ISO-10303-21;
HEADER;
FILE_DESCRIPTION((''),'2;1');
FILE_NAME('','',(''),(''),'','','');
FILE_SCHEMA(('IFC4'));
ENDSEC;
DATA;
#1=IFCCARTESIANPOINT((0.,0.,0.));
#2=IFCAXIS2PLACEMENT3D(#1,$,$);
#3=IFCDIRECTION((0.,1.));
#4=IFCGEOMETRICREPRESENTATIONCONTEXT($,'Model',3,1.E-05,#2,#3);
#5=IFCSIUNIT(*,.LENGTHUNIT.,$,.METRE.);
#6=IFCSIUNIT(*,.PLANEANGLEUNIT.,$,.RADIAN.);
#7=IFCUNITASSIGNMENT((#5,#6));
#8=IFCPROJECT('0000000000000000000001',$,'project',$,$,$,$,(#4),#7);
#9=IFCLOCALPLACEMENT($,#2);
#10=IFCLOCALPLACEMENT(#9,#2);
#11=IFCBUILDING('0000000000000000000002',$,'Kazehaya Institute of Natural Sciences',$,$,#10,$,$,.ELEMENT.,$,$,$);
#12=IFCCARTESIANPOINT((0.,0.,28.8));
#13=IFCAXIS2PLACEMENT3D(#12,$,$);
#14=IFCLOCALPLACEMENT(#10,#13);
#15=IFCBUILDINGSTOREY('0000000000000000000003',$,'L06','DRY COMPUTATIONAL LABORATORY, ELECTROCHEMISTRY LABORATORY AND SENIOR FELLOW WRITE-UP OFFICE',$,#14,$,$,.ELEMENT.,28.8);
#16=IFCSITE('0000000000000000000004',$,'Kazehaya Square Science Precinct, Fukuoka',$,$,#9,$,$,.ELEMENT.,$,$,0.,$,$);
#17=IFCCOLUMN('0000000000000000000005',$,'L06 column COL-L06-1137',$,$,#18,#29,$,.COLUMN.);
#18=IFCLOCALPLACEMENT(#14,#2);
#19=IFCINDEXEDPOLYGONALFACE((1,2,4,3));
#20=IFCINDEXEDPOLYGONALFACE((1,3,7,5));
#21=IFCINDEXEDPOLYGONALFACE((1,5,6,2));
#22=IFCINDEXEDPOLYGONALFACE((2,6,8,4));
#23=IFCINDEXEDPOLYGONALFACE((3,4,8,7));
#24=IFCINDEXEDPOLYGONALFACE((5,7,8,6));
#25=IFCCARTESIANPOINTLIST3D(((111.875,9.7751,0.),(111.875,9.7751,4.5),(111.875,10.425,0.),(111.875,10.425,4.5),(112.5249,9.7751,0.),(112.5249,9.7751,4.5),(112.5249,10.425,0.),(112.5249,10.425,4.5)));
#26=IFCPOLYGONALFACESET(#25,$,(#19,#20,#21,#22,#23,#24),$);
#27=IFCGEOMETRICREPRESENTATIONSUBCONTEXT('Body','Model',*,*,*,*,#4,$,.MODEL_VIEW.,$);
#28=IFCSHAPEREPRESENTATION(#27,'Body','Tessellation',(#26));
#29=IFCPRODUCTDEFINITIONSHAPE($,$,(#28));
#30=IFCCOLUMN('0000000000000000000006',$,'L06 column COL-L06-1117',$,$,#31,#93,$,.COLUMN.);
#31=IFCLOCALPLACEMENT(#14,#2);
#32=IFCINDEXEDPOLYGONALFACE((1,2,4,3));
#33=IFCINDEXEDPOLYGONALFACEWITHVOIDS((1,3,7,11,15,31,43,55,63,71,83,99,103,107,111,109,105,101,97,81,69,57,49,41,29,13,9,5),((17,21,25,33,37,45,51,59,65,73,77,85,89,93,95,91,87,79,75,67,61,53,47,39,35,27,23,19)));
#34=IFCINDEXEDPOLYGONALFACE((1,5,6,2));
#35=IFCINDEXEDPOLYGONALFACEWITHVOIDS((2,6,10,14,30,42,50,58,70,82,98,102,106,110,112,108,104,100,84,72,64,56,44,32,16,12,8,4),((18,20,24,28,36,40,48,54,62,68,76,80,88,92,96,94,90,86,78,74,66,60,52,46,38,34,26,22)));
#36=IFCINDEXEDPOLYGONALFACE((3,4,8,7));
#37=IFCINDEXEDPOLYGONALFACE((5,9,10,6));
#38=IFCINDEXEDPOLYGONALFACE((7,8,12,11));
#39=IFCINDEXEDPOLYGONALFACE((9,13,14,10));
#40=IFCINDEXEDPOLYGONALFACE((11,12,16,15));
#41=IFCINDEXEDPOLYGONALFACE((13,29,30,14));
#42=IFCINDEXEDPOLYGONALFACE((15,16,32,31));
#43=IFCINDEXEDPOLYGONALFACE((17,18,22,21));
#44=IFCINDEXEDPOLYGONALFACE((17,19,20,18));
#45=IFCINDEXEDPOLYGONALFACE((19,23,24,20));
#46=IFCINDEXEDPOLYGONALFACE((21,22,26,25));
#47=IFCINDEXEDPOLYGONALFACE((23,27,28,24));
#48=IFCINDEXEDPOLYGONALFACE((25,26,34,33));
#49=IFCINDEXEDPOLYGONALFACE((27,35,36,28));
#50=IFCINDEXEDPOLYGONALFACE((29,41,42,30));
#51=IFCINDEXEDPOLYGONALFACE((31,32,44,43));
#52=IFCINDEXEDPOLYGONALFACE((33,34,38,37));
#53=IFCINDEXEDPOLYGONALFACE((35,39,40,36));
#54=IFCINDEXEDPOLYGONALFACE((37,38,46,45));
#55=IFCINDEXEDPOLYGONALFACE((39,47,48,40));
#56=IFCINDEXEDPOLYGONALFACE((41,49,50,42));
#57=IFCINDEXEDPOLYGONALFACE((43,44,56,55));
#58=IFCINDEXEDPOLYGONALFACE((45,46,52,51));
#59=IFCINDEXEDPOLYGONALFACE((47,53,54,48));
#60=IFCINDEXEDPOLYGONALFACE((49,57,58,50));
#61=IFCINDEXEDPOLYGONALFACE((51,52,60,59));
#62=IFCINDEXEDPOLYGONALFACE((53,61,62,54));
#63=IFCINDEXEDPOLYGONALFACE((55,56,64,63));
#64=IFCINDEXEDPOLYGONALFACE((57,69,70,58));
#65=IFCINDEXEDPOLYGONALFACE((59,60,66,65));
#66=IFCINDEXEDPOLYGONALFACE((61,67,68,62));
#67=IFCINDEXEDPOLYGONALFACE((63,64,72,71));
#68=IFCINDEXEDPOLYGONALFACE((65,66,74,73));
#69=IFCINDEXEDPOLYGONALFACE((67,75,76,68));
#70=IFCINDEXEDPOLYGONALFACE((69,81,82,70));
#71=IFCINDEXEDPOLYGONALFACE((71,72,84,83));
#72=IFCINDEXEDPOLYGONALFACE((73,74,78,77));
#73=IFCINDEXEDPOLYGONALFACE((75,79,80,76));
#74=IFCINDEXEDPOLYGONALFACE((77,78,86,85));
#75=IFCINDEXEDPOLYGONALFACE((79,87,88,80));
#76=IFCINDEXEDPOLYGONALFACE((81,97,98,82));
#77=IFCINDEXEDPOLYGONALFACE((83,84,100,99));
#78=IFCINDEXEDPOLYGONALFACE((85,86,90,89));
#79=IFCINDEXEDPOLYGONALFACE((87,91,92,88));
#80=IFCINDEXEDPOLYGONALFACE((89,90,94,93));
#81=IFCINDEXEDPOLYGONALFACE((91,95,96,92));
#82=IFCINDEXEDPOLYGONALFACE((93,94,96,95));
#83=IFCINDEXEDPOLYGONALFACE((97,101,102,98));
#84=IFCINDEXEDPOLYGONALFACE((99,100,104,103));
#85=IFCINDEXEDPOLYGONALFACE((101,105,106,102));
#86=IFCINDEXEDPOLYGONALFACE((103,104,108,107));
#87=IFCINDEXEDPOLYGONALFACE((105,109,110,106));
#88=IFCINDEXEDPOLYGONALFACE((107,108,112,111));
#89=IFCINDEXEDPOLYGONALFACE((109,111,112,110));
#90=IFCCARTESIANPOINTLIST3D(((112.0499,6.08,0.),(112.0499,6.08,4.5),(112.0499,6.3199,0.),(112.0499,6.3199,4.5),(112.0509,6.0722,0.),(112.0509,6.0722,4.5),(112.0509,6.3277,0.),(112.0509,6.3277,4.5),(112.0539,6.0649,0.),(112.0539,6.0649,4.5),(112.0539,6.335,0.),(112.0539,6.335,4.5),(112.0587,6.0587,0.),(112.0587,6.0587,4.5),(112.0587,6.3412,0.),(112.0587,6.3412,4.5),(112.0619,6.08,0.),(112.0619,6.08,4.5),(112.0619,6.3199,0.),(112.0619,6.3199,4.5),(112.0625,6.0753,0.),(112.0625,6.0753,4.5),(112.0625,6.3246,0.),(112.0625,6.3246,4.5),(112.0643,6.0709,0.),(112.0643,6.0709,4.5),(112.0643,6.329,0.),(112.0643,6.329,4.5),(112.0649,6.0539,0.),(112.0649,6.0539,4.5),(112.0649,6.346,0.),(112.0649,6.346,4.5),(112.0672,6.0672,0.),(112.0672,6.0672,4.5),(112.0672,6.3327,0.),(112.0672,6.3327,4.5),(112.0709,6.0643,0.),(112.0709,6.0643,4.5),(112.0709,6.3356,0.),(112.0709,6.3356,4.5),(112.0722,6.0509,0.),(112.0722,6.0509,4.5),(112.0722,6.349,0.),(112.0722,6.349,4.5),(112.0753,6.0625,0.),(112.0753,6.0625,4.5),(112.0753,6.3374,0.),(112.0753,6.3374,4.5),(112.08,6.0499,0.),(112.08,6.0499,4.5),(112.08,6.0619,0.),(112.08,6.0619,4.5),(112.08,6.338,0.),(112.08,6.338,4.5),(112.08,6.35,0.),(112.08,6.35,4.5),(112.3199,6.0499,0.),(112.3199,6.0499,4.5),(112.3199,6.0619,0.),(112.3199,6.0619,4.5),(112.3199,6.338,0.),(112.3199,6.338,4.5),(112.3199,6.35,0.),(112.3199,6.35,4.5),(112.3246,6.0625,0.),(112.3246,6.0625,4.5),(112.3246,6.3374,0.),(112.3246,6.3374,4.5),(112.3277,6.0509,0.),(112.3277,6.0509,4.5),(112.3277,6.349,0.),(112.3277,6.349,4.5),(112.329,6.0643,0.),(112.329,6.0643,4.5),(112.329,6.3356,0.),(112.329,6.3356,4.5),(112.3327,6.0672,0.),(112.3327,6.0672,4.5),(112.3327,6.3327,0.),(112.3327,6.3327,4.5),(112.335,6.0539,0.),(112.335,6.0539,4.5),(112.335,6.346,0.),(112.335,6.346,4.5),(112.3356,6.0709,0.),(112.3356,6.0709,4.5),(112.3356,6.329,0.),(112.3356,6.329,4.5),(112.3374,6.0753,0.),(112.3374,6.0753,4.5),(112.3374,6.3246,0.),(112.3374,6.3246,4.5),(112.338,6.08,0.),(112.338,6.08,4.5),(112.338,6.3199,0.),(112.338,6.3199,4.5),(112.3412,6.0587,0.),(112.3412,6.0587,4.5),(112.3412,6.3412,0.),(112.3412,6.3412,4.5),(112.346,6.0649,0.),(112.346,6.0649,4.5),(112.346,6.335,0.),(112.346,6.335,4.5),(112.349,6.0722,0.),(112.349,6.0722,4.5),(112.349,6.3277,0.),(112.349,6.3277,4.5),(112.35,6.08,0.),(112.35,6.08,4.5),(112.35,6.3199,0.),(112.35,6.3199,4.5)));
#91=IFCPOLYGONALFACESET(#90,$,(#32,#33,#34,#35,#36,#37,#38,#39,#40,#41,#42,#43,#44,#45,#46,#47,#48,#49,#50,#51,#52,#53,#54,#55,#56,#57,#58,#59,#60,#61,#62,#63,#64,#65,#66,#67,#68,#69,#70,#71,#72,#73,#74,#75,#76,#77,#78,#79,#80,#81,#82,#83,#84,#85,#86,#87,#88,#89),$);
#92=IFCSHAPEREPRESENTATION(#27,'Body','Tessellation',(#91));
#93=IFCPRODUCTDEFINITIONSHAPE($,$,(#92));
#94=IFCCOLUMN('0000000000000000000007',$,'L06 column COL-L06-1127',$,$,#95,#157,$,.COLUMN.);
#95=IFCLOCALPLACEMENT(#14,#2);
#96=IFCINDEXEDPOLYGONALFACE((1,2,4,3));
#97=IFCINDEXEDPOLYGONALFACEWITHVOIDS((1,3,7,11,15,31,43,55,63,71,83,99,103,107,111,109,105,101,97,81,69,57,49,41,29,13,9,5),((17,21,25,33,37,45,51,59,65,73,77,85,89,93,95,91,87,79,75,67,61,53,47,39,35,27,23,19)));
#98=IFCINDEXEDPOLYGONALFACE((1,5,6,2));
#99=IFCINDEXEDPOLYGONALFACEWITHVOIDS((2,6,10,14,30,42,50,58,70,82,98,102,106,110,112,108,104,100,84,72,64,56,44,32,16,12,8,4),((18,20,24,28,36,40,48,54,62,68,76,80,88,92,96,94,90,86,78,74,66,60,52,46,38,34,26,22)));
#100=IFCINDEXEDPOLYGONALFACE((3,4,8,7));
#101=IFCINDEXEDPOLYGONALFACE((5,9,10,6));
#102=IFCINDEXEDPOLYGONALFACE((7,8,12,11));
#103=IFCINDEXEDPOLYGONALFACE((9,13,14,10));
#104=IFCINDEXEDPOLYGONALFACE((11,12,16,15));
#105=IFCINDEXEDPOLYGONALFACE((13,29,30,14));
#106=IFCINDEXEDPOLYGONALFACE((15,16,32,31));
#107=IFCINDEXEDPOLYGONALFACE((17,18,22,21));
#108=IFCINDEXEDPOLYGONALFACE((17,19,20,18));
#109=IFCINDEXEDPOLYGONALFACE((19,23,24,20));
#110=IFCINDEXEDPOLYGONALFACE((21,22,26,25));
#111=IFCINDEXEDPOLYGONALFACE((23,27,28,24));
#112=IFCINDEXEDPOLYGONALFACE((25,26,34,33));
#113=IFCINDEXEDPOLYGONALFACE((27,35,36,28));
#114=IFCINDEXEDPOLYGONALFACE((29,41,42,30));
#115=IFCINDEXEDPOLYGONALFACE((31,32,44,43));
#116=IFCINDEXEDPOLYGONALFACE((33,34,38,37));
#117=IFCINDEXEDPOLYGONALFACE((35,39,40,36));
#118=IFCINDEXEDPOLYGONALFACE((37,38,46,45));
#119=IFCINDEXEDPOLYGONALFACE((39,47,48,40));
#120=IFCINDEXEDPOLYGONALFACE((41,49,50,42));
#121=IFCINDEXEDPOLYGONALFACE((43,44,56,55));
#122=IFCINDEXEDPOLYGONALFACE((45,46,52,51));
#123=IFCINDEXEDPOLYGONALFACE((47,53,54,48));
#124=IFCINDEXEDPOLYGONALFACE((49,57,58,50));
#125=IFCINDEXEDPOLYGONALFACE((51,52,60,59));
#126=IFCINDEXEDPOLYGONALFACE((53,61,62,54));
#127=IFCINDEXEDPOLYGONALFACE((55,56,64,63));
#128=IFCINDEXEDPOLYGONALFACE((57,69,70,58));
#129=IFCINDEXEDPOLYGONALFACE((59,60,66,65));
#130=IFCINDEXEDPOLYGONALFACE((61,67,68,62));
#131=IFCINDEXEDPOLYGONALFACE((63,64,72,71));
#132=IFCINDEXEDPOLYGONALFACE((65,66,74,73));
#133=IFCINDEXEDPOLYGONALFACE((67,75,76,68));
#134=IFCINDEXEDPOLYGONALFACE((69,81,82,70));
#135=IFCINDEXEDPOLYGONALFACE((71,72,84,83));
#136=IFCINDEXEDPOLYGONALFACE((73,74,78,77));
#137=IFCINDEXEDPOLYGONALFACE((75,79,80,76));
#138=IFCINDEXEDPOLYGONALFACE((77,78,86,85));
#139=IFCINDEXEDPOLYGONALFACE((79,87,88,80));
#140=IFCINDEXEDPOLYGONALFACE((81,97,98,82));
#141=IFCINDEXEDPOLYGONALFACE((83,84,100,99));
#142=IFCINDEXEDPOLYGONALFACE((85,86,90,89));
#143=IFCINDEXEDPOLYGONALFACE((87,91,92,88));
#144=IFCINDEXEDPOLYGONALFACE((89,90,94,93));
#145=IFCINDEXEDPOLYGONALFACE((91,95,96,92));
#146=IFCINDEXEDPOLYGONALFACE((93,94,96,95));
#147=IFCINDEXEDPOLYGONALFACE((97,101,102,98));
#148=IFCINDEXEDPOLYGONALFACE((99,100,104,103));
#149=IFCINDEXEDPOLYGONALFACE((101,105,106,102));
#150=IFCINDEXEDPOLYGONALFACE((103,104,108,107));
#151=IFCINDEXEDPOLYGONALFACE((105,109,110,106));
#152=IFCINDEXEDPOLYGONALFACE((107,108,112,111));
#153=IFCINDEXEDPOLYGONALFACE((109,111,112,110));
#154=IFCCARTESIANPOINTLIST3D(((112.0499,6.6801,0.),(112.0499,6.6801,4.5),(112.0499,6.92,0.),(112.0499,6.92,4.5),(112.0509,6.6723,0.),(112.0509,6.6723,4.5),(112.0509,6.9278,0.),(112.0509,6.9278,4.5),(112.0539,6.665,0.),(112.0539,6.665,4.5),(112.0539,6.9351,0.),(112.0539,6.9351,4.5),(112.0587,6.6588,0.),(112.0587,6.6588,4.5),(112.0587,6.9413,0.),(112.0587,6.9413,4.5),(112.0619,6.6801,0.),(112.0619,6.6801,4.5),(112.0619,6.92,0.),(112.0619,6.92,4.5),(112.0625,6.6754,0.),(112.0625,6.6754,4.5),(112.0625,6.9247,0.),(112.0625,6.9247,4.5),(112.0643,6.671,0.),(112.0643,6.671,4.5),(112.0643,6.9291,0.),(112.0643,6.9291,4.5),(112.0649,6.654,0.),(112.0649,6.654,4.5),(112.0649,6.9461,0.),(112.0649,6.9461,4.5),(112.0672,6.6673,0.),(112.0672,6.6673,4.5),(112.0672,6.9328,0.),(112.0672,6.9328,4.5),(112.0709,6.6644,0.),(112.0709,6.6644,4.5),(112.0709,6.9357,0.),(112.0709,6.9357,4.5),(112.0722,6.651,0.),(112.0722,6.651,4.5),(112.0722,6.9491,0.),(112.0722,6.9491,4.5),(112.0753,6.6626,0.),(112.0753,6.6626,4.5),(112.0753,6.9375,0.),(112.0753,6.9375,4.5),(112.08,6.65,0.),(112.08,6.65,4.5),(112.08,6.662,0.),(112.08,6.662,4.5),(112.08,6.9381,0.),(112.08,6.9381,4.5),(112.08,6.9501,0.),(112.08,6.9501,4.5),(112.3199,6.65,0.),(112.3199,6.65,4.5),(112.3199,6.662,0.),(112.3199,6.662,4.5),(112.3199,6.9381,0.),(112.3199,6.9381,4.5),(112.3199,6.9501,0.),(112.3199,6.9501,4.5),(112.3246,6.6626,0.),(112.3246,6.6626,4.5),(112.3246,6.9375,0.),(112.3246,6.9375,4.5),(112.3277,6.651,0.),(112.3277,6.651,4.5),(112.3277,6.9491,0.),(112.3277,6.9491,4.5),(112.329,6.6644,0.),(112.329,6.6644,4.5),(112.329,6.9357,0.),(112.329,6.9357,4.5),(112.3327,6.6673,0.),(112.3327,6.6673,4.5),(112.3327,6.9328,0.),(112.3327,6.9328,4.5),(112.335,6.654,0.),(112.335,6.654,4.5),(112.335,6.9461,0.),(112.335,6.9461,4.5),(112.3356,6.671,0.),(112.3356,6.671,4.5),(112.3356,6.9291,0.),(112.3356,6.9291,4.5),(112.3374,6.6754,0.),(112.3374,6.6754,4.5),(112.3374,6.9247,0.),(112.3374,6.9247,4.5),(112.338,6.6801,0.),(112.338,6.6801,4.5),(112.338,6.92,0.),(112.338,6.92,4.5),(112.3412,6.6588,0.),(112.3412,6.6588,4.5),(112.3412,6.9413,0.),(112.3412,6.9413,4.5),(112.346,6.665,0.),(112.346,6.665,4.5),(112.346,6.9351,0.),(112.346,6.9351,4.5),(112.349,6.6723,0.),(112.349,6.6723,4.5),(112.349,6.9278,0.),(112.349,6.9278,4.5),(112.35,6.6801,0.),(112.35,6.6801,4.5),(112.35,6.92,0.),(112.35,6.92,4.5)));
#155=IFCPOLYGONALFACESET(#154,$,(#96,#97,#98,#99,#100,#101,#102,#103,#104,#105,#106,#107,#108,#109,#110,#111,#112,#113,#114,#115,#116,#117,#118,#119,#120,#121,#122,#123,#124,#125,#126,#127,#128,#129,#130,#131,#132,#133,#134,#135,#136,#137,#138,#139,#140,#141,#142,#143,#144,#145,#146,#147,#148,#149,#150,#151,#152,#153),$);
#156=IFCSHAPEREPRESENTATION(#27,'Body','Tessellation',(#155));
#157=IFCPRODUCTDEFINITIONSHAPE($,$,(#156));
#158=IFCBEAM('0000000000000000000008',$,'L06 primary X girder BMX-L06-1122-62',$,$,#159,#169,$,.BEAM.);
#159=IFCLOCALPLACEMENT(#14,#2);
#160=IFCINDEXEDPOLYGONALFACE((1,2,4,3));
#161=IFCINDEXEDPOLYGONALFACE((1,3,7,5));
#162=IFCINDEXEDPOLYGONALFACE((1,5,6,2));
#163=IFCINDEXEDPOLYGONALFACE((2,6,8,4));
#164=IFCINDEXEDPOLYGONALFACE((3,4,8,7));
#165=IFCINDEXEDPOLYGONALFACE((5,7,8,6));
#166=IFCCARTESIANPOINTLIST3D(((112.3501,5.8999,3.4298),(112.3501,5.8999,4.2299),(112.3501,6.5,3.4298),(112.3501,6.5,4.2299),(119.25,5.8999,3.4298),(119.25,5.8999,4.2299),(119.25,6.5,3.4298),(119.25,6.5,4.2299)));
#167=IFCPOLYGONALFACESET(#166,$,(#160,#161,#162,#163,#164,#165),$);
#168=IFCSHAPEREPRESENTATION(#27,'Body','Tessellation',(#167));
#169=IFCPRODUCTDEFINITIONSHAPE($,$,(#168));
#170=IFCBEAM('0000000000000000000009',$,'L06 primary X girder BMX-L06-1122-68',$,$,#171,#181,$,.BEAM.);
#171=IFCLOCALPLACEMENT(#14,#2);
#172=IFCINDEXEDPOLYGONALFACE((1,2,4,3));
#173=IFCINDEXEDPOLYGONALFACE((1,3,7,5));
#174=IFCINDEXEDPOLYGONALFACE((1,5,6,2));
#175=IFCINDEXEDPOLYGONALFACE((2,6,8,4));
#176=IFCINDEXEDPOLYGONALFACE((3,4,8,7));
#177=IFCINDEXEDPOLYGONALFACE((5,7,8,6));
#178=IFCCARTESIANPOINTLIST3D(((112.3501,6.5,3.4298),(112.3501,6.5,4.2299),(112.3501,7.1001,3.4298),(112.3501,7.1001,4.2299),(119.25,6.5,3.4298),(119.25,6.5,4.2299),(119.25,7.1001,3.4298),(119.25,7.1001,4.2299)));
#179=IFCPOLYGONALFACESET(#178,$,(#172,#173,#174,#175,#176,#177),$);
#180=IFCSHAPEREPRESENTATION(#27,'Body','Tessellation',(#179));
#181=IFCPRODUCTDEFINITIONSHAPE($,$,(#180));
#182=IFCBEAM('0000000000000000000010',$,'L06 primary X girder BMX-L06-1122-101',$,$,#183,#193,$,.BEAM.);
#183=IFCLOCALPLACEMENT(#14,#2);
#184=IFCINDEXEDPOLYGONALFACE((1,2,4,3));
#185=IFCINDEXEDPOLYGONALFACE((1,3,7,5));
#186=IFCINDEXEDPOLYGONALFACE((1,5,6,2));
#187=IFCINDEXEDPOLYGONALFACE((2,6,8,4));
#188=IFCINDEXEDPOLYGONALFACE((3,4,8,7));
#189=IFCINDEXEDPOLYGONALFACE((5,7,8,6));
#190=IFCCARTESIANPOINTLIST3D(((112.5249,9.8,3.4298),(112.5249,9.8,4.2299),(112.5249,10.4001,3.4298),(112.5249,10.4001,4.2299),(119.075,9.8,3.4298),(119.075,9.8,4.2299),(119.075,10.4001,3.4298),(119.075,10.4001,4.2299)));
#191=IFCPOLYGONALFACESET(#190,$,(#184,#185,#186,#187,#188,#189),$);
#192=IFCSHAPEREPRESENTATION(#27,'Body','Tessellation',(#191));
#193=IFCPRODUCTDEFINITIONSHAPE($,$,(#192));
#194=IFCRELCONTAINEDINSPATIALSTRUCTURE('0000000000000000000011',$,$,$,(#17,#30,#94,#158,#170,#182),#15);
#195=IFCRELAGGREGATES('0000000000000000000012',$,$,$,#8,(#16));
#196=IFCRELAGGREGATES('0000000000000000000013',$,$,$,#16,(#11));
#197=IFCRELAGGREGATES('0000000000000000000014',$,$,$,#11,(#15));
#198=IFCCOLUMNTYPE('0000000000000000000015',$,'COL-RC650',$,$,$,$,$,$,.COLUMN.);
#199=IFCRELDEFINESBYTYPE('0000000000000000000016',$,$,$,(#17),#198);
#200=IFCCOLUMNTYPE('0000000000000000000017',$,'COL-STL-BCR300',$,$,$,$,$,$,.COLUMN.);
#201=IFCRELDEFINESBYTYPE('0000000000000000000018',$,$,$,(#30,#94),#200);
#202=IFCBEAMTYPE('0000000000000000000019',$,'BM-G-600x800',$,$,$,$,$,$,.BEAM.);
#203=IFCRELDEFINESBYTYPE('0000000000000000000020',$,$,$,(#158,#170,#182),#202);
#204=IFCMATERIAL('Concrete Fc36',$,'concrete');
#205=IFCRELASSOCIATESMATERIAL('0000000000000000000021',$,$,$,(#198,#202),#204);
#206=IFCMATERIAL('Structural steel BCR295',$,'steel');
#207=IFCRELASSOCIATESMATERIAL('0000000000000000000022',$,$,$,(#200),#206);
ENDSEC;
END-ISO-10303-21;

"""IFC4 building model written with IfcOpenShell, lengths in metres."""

from ifc_helpers import new_model, si_unit, direction, frame, origin, origin_2d, place, context, subcontext, project, spatial, rectangle, hollow_rectangle, extrude, material, material_profile, profile_set, type_object, element, save


model = new_model("IFC4")

# Units and contexts
model_context = context("Model", 3, precision=1e-05, world=origin(), true_north=direction((0.0, 1.0)))
body_context = subcontext(model_context, "Body", "Model", "MODEL_VIEW")
ifc_project = project(units=[si_unit("LENGTHUNIT", "METRE"), si_unit("PLANEANGLEUNIT", "RADIAN")], contexts=[model_context])

# Site, building, storey
site_placement = place(None, origin())
site = spatial("IfcSite", under=ifc_project, at=site_placement, Name="Kazehaya Square Science Precinct, Fukuoka", CompositionType="ELEMENT", RefElevation=0.0)
building_placement = place(site_placement, origin())
building = spatial("IfcBuilding", under=site, at=building_placement, Name="Kazehaya Institute of Natural Sciences", CompositionType="ELEMENT")
storey_placement = place(building_placement, frame((0.0, 0.0, 28.8)))
storey = spatial("IfcBuildingStorey", under=building, at=storey_placement, Name="L06", Description="DRY COMPUTATIONAL LABORATORY, ELECTROCHEMISTRY LABORATORY AND SENIOR FELLOW WRITE-UP OFFICE", CompositionType="ELEMENT", Elevation=28.8)

# Columns
ifc_material_1 = material(Name="Concrete Fc36", Category="concrete")
ifc_material_profile_1 = material_profile(ifc_material_1, rectangle(XDim=0.6499, YDim=0.6499, at=origin_2d()), Name="RC-650x650")
ifc_profile_set_1 = profile_set([ifc_material_profile_1], Name="Concrete Fc36")
column_type_1 = type_object("IfcColumnType", Name="COL-RC650", PredefinedType="COLUMN", material=ifc_profile_set_1)
column_placement = place(storey_placement, frame((112.2, 10.1001, 0.0), z_axis=(0.0, 0.0, 1.0), x_axis=(1.0, 0.0, 0.0)))
element("IfcColumn", 1, at=column_placement, inside=storey, type_object=column_type_1, Name="L06 column COL-L06-1137", PredefinedType="COLUMN", context=body_context, shape_type="SweptSolid", body=[
    extrude(rectangle(XDim=0.6499, YDim=0.6499, at=origin_2d()), origin(), (0.0, 0.0, 1.0), 4.5),
])
ifc_material_2 = material(Name="Structural steel BCR295", Category="steel")
ifc_material_profile_2 = material_profile(ifc_material_2, hollow_rectangle(XDim=0.3, YDim=0.3, WallThickness=0.012, InnerFilletRadius=0.0181, OuterFilletRadius=0.03, at=origin_2d()), Name="BCR-300x300x12")
ifc_profile_set_2 = profile_set([ifc_material_profile_2], Name="Structural steel BCR295")
column_type_2 = type_object("IfcColumnType", Name="COL-STL-BCR300", PredefinedType="COLUMN", material=ifc_profile_set_2)
for number, where, z_axis, x_axis, name in (
    (2, (112.2, 6.2, 0.0), (0.0, 0.0, 1.0), (1.0, 0.0, 0.0), "L06 column COL-L06-1117"),
    (3, (112.2, 6.8, 0.0), (0.0, 0.0, 1.0), (1.0, 0.0, 0.0), "L06 column COL-L06-1127"),
):
    element("IfcColumn", number, at=place(storey_placement, frame(where, z_axis=z_axis, x_axis=x_axis)), inside=storey, type_object=column_type_2, Name=name, PredefinedType="COLUMN", context=body_context, shape_type="SweptSolid", body=[
        extrude(hollow_rectangle(XDim=0.3, YDim=0.3, WallThickness=0.012, InnerFilletRadius=0.0181, OuterFilletRadius=0.03, at=origin_2d()), origin(), (0.0, 0.0, 1.0), 4.5),
    ])

# Beams
ifc_material_profile_3 = material_profile(ifc_material_1, rectangle(XDim=0.6001, YDim=0.8, at=origin_2d()), Name="RC-600x800")
ifc_profile_set_3 = profile_set([ifc_material_profile_3], Name="Concrete Fc36")
beam_type = type_object("IfcBeamType", Name="BM-G-600x800", PredefinedType="BEAM", material=ifc_profile_set_3)
for number, where, z_axis, x_axis, name in (
    (4, (112.3501, 6.2, 3.8298), (1.0, 0.0, 0.0), (0.0, 1.0, 0.0), "L06 primary X girder BMX-L06-1122-62"),
    (5, (112.3501, 6.8, 3.8298), (1.0, 0.0, 0.0), (0.0, 1.0, 0.0), "L06 primary X girder BMX-L06-1122-68"),
):
    element("IfcBeam", number, at=place(storey_placement, frame(where, z_axis=z_axis, x_axis=x_axis)), inside=storey, type_object=beam_type, Name=name, PredefinedType="BEAM", context=body_context, shape_type="SweptSolid", body=[
        extrude(rectangle(XDim=0.6001, YDim=0.8, at=origin_2d()), origin(), (0.0, 0.0, 1.0), 6.8999),
    ])
beam_1_placement = place(storey_placement, frame((112.5249, 10.1001, 3.8298), z_axis=(1.0, 0.0, 0.0), x_axis=(0.0, 1.0, 0.0)))
element("IfcBeam", 6, at=beam_1_placement, inside=storey, type_object=beam_type, Name="L06 primary X girder BMX-L06-1122-101", PredefinedType="BEAM", context=body_context, shape_type="SweptSolid", body=[
    extrude(rectangle(XDim=0.6001, YDim=0.8, at=origin_2d()), origin(), (0.0, 0.0, 1.0), 6.55),
])

save(model, "model.ifc")
